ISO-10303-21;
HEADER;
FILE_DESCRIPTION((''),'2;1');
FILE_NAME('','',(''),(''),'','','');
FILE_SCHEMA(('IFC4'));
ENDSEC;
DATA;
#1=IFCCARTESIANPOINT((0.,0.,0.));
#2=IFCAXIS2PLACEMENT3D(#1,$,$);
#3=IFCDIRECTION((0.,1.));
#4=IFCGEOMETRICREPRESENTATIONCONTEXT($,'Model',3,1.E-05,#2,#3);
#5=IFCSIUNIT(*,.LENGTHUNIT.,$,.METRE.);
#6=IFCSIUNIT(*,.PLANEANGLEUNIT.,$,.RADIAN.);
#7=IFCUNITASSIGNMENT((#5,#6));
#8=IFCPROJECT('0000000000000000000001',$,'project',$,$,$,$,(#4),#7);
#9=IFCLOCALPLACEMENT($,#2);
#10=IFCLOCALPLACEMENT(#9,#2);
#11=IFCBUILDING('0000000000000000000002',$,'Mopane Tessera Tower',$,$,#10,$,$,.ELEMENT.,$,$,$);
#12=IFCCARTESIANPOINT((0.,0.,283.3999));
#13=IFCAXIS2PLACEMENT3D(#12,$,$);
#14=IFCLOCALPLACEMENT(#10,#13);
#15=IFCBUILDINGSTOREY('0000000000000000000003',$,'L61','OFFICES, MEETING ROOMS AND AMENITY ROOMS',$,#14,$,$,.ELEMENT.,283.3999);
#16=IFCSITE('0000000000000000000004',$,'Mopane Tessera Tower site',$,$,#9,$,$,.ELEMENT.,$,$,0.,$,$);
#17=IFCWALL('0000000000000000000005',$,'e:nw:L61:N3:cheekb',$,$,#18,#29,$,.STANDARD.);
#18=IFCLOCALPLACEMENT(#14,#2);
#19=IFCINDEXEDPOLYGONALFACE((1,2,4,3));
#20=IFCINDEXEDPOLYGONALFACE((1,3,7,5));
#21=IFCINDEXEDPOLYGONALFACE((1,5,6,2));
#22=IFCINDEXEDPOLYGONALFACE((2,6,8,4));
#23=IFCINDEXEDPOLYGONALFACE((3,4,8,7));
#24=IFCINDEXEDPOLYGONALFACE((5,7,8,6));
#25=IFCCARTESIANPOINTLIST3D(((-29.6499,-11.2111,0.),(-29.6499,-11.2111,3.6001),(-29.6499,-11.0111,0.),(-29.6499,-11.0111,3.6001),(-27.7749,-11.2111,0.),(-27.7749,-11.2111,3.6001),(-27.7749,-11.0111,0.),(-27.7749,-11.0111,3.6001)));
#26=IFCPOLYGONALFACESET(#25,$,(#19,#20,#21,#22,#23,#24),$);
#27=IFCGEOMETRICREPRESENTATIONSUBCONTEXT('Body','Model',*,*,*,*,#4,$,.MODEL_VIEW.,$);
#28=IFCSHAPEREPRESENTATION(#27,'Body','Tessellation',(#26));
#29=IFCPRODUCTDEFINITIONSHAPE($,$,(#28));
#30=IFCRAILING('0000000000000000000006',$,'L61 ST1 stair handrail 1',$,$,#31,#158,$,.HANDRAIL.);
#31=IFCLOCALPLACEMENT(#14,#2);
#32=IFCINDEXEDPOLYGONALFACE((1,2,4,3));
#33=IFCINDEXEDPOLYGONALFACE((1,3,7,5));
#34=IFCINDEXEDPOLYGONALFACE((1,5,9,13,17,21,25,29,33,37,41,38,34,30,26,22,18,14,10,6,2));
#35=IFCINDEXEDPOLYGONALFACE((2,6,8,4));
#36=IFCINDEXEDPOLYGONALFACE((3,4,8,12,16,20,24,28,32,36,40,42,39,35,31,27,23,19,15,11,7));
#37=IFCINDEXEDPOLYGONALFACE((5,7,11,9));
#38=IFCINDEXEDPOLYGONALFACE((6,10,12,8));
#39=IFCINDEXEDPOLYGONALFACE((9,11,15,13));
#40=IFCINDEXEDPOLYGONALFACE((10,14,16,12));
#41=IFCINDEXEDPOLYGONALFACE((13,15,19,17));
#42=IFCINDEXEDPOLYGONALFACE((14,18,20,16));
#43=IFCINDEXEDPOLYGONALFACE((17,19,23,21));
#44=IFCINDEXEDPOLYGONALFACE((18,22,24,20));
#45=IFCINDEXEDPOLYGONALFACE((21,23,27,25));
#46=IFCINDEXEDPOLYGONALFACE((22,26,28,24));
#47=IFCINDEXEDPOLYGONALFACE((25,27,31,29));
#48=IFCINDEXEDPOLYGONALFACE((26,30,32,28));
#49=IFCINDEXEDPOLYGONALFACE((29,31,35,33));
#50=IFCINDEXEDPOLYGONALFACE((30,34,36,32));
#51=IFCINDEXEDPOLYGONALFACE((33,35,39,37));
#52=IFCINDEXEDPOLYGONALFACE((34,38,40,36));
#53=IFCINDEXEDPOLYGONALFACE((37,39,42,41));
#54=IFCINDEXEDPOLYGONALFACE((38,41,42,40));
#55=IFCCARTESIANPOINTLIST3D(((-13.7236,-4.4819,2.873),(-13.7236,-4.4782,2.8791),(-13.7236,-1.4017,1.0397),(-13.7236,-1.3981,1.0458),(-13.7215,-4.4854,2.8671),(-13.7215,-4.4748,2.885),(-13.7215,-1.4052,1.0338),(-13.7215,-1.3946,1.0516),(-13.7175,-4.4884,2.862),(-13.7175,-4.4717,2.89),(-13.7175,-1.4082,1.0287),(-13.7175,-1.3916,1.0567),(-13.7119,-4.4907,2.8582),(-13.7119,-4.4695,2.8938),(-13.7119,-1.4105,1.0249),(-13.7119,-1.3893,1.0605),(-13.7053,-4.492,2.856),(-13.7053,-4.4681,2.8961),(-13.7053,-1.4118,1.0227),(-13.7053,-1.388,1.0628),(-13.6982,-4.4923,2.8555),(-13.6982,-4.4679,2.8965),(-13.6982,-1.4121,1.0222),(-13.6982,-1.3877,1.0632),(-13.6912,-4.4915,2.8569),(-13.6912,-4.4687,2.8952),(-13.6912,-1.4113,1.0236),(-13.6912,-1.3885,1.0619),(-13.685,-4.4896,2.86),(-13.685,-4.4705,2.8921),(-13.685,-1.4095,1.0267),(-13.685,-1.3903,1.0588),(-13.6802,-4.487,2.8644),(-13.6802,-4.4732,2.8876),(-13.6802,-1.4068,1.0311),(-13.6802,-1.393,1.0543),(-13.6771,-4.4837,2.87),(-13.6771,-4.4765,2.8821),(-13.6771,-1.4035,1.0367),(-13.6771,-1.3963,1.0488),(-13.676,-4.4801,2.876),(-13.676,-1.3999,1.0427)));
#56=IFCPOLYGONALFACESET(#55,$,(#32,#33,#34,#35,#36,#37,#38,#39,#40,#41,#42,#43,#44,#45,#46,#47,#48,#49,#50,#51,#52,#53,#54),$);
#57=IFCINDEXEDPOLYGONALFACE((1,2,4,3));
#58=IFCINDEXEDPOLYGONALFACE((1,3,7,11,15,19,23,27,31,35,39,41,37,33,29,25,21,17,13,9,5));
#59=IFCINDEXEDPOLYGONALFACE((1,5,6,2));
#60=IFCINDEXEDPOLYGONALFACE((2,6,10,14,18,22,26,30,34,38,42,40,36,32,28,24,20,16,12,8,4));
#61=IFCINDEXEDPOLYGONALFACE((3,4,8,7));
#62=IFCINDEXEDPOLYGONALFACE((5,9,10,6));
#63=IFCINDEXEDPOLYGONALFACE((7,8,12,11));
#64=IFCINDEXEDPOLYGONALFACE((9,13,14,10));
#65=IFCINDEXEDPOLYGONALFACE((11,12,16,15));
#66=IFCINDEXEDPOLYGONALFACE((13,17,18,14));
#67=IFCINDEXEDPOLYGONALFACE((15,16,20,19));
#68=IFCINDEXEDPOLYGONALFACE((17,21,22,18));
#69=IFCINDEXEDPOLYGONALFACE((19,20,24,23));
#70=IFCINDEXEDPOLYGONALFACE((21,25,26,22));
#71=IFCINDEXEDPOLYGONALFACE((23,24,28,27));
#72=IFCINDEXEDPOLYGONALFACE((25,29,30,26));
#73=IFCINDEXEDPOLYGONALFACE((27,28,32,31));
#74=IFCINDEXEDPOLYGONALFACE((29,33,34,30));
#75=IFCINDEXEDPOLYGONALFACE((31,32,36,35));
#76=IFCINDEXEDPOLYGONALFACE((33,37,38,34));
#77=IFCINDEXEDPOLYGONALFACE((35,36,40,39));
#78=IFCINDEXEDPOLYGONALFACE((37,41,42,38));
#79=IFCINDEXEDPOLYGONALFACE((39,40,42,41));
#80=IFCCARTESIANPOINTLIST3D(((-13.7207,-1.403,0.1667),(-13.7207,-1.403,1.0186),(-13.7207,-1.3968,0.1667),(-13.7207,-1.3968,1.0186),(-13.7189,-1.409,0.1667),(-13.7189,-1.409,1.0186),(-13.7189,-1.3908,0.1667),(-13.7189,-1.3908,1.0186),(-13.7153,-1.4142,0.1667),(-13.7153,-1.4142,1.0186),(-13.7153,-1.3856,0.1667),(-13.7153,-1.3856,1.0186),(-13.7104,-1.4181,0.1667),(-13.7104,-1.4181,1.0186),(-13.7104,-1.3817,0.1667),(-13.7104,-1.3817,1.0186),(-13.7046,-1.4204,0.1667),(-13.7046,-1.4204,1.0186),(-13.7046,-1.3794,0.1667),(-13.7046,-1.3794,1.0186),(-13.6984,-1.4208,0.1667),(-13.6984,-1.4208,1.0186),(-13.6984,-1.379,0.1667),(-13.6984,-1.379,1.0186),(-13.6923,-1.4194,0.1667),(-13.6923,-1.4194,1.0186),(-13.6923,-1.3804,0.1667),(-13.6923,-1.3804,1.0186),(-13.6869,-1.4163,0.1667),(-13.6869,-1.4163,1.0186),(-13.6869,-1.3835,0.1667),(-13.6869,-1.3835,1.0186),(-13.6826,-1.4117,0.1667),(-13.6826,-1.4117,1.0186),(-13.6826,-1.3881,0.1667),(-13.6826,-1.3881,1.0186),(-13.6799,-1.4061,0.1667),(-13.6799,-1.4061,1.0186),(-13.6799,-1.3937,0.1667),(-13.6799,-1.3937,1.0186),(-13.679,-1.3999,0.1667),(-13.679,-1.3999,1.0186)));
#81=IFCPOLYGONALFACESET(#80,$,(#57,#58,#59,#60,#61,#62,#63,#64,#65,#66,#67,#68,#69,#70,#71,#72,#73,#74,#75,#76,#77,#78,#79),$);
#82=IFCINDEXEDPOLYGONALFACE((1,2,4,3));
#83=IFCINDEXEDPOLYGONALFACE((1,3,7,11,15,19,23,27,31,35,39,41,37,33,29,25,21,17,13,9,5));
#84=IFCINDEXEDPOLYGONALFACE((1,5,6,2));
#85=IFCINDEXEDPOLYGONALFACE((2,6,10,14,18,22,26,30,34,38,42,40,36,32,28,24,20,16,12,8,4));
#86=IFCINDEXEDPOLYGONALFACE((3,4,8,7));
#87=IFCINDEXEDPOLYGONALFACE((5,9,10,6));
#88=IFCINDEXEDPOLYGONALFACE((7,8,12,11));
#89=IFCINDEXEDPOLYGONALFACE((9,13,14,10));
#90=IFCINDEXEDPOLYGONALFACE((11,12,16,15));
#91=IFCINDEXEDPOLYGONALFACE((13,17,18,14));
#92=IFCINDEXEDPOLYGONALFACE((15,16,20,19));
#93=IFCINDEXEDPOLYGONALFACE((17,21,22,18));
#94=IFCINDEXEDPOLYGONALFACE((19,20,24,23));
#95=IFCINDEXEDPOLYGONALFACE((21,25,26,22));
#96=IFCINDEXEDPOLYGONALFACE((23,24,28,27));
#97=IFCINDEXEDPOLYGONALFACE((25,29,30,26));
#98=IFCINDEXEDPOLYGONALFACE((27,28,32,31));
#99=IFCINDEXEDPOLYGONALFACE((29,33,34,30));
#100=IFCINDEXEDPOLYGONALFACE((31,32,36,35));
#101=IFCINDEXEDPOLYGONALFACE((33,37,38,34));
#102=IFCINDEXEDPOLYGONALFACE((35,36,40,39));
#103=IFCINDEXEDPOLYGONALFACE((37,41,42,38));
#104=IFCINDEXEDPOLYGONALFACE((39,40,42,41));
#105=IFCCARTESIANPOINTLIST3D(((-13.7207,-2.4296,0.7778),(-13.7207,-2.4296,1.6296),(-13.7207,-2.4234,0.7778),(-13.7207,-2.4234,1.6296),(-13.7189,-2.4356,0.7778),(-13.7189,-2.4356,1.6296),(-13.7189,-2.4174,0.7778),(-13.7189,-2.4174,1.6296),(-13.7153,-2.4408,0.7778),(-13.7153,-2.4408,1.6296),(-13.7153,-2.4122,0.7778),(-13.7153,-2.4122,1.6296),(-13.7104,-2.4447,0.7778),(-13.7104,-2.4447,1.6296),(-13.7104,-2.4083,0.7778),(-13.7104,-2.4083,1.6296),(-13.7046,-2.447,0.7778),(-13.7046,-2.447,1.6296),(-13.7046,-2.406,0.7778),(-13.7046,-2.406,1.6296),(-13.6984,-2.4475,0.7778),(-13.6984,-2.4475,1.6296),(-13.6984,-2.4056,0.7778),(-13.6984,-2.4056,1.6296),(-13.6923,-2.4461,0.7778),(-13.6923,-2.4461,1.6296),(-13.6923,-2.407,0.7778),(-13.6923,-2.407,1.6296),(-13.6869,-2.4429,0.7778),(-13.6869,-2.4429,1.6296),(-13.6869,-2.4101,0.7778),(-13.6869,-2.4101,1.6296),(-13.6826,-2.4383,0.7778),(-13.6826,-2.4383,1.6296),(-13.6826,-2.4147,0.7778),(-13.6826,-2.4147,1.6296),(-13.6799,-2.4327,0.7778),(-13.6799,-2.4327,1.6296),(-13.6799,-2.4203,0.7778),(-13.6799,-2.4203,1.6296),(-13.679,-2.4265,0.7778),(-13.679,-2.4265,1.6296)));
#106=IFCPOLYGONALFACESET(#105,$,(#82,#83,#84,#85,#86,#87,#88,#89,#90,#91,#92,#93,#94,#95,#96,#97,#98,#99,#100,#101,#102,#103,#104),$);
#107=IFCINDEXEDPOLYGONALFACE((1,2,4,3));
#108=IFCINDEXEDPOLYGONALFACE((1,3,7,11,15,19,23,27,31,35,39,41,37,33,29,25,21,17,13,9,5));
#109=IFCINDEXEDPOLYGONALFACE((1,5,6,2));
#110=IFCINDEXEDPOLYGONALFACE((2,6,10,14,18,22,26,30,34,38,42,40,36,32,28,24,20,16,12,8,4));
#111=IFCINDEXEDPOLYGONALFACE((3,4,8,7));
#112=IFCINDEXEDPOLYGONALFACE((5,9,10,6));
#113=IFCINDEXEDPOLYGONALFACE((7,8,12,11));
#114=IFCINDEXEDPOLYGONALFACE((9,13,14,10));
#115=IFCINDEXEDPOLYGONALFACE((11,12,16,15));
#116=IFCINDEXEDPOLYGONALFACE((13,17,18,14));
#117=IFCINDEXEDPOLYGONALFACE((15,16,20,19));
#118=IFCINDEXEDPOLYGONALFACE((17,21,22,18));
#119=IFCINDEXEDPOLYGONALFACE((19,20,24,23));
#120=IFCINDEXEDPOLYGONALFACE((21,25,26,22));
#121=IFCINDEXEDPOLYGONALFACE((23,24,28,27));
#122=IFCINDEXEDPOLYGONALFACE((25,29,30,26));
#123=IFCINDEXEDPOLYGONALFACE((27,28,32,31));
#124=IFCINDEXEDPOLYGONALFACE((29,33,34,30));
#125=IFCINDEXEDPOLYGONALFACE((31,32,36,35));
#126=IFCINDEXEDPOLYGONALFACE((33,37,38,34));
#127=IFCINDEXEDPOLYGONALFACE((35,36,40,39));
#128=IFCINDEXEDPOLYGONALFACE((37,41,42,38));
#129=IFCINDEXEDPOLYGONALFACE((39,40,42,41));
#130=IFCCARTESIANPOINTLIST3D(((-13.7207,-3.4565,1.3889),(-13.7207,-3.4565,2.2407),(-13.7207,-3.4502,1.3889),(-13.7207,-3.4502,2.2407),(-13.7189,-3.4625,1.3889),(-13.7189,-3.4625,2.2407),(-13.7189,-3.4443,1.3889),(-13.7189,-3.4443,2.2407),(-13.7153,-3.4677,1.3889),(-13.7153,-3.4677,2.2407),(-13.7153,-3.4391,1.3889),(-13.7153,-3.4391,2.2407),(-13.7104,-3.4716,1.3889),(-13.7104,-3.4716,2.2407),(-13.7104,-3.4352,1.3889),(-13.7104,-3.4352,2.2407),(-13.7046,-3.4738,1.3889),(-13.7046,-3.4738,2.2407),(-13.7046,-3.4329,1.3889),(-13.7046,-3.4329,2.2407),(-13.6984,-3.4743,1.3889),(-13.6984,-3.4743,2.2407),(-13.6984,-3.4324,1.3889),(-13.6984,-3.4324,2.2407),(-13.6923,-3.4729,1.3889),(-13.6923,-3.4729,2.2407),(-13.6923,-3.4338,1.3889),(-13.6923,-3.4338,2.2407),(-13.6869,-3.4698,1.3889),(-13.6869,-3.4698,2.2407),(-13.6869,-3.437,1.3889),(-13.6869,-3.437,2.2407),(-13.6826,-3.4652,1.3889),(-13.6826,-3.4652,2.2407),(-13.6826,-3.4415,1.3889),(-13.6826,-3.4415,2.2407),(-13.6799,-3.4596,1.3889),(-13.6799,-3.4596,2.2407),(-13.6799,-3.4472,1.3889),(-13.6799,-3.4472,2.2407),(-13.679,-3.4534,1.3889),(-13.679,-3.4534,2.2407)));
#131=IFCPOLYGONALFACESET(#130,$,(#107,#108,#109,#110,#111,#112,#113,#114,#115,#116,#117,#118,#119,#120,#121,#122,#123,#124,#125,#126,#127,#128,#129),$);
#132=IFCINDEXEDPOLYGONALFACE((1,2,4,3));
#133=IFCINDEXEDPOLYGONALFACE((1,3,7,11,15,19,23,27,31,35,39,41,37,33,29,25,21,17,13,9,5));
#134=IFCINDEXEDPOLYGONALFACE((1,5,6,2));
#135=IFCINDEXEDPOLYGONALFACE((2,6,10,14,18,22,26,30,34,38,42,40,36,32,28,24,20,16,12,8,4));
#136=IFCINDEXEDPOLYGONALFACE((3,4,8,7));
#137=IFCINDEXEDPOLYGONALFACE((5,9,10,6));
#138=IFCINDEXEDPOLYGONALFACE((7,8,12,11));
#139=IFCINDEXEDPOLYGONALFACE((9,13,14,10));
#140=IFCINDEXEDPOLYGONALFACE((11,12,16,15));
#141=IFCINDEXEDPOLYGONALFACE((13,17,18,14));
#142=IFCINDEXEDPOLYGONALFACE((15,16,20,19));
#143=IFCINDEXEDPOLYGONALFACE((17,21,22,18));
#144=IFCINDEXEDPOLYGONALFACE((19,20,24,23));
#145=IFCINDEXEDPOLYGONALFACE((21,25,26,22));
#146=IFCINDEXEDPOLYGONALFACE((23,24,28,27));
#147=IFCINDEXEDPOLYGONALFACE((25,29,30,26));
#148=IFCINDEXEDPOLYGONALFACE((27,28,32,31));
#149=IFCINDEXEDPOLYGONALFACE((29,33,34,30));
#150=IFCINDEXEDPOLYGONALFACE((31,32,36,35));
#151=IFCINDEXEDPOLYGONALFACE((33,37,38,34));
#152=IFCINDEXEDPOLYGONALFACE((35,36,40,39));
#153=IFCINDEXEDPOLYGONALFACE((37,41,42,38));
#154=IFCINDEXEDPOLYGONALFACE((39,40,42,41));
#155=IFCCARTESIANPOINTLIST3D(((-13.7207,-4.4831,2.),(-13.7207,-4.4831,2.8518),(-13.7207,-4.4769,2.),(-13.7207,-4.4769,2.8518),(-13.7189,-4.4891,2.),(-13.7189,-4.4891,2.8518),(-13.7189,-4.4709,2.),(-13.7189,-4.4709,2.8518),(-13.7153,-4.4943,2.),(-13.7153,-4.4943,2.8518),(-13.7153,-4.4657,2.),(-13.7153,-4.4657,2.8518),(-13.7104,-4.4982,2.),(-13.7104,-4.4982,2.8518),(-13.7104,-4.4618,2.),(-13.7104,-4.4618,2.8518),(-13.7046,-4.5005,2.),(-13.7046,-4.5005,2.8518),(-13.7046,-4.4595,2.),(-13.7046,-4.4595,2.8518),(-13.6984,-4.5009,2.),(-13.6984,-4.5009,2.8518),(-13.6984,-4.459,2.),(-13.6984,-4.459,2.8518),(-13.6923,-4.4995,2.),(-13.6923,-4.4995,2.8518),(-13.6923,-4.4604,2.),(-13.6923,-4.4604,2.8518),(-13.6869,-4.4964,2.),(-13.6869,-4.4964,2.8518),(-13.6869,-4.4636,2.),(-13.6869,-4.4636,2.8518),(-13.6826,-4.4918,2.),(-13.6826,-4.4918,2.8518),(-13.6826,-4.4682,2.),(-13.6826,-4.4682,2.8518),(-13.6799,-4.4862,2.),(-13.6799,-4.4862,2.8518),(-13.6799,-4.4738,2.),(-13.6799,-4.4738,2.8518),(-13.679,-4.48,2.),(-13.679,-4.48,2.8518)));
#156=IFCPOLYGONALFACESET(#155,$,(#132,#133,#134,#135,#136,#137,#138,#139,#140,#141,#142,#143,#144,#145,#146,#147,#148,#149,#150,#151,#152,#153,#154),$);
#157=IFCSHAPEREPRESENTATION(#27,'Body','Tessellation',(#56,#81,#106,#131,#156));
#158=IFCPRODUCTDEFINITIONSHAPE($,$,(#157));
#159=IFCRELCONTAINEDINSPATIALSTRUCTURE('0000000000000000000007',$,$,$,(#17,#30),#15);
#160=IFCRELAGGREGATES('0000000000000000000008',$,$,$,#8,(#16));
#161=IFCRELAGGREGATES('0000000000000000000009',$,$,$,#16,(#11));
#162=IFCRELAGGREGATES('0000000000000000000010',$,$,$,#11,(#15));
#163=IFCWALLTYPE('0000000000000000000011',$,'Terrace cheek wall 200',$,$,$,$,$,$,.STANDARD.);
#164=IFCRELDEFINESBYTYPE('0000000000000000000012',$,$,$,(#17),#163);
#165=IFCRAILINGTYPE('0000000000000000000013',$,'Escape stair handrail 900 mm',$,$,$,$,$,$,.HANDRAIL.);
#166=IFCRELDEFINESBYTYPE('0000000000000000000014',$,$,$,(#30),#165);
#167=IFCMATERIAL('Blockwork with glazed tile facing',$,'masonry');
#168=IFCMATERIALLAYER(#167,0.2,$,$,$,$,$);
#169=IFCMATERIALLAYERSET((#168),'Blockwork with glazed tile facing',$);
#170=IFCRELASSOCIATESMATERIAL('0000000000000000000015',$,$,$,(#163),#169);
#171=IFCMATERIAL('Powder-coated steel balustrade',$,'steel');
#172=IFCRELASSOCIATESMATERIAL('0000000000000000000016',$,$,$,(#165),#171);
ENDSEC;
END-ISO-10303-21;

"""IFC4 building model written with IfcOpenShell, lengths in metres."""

from ifc_helpers import new_model, si_unit, direction, frame, frame_2d, origin, origin_2d, place, context, subcontext, project, spatial, rectangle, circle, extrude, material, layer, layer_set, type_object, element, save


model = new_model("IFC4")

# Units and contexts
model_context = context("Model", 3, precision=1e-05, world=origin(), true_north=direction((0.0, 1.0)))
body_context = subcontext(model_context, "Body", "Model", "MODEL_VIEW")
ifc_project = project(units=[si_unit("LENGTHUNIT", "METRE"), si_unit("PLANEANGLEUNIT", "RADIAN")], contexts=[model_context])

# Site, building, storey
site_placement = place(None, origin())
site = spatial("IfcSite", under=ifc_project, at=site_placement, Name="Mopane Tessera Tower site", CompositionType="ELEMENT", RefElevation=0.0)
building_placement = place(site_placement, origin())
building = spatial("IfcBuilding", under=site, at=building_placement, Name="Mopane Tessera Tower", CompositionType="ELEMENT")
storey_placement = place(building_placement, frame((0.0, 0.0, 283.3999)))
storey = spatial("IfcBuildingStorey", under=building, at=storey_placement, Name="L61", Description="OFFICES, MEETING ROOMS AND AMENITY ROOMS", CompositionType="ELEMENT", Elevation=283.3999)

# Wall
ifc_material_1 = material(Name="Blockwork with glazed tile facing", Category="masonry")
ifc_layer_1 = layer(ifc_material_1, 0.2)
ifc_layer_set_1 = layer_set([ifc_layer_1], Name="Blockwork with glazed tile facing")
wall_type_1 = type_object("IfcWallType", Name="Terrace cheek wall 200", PredefinedType="STANDARD", material=ifc_layer_set_1)
wall_1_placement = place(storey_placement, frame((-29.6499, -11.1111, 0.0), z_axis=(0.0, 0.0, 1.0), x_axis=(1.0, 0.0, 0.0)))
element("IfcWall", 1, at=wall_1_placement, inside=storey, type_object=wall_type_1, Name="e:nw:L61:N3:cheekb", PredefinedType="STANDARD", context=body_context, shape_type="SweptSolid", body=[
    extrude(rectangle(XDim=1.875, YDim=0.2, at=frame_2d((0.9375, 0.0))), origin(), (0.0, 0.0, 1.0), 3.6001),
])

# Railing
ifc_material_2 = material(Name="Powder-coated steel balustrade", Category="steel")
railing_type = type_object("IfcRailingType", Name="Escape stair handrail 900 mm", PredefinedType="HANDRAIL", material=ifc_material_2)
railing_placement = place(storey_placement, frame((-13.7, -1.3999, 0.1667)))
element("IfcRailing", 2, at=railing_placement, inside=storey, type_object=railing_type, Name="L61 ST1 stair handrail 1", PredefinedType="HANDRAIL", context=body_context, shape_type="SweptSolid", body=[
    extrude(circle(Radius=0.0239, at=origin_2d()), frame((0.0, 0.0, 0.876), z_axis=(0.0, -0.859309, 0.511458), x_axis=(1.0, 0.0, 0.0)), (0.0, 0.0, 1.0), 3.5845),
    extrude(circle(Radius=0.021, at=origin_2d()), origin(), (0.0, 0.0, 1.0), 0.8518),
    extrude(circle(Radius=0.021, at=origin_2d()), frame((0.0, -1.0266, 0.6111)), (0.0, 0.0, 1.0), 0.8518),
    extrude(circle(Radius=0.021, at=origin_2d()), frame((0.0, -2.0535, 1.2222)), (0.0, 0.0, 1.0), 0.8518),
    extrude(circle(Radius=0.021, at=origin_2d()), frame((0.0, -3.0801, 1.8333)), (0.0, 0.0, 1.0), 0.8518),
])

save(model, "model.ifc")
